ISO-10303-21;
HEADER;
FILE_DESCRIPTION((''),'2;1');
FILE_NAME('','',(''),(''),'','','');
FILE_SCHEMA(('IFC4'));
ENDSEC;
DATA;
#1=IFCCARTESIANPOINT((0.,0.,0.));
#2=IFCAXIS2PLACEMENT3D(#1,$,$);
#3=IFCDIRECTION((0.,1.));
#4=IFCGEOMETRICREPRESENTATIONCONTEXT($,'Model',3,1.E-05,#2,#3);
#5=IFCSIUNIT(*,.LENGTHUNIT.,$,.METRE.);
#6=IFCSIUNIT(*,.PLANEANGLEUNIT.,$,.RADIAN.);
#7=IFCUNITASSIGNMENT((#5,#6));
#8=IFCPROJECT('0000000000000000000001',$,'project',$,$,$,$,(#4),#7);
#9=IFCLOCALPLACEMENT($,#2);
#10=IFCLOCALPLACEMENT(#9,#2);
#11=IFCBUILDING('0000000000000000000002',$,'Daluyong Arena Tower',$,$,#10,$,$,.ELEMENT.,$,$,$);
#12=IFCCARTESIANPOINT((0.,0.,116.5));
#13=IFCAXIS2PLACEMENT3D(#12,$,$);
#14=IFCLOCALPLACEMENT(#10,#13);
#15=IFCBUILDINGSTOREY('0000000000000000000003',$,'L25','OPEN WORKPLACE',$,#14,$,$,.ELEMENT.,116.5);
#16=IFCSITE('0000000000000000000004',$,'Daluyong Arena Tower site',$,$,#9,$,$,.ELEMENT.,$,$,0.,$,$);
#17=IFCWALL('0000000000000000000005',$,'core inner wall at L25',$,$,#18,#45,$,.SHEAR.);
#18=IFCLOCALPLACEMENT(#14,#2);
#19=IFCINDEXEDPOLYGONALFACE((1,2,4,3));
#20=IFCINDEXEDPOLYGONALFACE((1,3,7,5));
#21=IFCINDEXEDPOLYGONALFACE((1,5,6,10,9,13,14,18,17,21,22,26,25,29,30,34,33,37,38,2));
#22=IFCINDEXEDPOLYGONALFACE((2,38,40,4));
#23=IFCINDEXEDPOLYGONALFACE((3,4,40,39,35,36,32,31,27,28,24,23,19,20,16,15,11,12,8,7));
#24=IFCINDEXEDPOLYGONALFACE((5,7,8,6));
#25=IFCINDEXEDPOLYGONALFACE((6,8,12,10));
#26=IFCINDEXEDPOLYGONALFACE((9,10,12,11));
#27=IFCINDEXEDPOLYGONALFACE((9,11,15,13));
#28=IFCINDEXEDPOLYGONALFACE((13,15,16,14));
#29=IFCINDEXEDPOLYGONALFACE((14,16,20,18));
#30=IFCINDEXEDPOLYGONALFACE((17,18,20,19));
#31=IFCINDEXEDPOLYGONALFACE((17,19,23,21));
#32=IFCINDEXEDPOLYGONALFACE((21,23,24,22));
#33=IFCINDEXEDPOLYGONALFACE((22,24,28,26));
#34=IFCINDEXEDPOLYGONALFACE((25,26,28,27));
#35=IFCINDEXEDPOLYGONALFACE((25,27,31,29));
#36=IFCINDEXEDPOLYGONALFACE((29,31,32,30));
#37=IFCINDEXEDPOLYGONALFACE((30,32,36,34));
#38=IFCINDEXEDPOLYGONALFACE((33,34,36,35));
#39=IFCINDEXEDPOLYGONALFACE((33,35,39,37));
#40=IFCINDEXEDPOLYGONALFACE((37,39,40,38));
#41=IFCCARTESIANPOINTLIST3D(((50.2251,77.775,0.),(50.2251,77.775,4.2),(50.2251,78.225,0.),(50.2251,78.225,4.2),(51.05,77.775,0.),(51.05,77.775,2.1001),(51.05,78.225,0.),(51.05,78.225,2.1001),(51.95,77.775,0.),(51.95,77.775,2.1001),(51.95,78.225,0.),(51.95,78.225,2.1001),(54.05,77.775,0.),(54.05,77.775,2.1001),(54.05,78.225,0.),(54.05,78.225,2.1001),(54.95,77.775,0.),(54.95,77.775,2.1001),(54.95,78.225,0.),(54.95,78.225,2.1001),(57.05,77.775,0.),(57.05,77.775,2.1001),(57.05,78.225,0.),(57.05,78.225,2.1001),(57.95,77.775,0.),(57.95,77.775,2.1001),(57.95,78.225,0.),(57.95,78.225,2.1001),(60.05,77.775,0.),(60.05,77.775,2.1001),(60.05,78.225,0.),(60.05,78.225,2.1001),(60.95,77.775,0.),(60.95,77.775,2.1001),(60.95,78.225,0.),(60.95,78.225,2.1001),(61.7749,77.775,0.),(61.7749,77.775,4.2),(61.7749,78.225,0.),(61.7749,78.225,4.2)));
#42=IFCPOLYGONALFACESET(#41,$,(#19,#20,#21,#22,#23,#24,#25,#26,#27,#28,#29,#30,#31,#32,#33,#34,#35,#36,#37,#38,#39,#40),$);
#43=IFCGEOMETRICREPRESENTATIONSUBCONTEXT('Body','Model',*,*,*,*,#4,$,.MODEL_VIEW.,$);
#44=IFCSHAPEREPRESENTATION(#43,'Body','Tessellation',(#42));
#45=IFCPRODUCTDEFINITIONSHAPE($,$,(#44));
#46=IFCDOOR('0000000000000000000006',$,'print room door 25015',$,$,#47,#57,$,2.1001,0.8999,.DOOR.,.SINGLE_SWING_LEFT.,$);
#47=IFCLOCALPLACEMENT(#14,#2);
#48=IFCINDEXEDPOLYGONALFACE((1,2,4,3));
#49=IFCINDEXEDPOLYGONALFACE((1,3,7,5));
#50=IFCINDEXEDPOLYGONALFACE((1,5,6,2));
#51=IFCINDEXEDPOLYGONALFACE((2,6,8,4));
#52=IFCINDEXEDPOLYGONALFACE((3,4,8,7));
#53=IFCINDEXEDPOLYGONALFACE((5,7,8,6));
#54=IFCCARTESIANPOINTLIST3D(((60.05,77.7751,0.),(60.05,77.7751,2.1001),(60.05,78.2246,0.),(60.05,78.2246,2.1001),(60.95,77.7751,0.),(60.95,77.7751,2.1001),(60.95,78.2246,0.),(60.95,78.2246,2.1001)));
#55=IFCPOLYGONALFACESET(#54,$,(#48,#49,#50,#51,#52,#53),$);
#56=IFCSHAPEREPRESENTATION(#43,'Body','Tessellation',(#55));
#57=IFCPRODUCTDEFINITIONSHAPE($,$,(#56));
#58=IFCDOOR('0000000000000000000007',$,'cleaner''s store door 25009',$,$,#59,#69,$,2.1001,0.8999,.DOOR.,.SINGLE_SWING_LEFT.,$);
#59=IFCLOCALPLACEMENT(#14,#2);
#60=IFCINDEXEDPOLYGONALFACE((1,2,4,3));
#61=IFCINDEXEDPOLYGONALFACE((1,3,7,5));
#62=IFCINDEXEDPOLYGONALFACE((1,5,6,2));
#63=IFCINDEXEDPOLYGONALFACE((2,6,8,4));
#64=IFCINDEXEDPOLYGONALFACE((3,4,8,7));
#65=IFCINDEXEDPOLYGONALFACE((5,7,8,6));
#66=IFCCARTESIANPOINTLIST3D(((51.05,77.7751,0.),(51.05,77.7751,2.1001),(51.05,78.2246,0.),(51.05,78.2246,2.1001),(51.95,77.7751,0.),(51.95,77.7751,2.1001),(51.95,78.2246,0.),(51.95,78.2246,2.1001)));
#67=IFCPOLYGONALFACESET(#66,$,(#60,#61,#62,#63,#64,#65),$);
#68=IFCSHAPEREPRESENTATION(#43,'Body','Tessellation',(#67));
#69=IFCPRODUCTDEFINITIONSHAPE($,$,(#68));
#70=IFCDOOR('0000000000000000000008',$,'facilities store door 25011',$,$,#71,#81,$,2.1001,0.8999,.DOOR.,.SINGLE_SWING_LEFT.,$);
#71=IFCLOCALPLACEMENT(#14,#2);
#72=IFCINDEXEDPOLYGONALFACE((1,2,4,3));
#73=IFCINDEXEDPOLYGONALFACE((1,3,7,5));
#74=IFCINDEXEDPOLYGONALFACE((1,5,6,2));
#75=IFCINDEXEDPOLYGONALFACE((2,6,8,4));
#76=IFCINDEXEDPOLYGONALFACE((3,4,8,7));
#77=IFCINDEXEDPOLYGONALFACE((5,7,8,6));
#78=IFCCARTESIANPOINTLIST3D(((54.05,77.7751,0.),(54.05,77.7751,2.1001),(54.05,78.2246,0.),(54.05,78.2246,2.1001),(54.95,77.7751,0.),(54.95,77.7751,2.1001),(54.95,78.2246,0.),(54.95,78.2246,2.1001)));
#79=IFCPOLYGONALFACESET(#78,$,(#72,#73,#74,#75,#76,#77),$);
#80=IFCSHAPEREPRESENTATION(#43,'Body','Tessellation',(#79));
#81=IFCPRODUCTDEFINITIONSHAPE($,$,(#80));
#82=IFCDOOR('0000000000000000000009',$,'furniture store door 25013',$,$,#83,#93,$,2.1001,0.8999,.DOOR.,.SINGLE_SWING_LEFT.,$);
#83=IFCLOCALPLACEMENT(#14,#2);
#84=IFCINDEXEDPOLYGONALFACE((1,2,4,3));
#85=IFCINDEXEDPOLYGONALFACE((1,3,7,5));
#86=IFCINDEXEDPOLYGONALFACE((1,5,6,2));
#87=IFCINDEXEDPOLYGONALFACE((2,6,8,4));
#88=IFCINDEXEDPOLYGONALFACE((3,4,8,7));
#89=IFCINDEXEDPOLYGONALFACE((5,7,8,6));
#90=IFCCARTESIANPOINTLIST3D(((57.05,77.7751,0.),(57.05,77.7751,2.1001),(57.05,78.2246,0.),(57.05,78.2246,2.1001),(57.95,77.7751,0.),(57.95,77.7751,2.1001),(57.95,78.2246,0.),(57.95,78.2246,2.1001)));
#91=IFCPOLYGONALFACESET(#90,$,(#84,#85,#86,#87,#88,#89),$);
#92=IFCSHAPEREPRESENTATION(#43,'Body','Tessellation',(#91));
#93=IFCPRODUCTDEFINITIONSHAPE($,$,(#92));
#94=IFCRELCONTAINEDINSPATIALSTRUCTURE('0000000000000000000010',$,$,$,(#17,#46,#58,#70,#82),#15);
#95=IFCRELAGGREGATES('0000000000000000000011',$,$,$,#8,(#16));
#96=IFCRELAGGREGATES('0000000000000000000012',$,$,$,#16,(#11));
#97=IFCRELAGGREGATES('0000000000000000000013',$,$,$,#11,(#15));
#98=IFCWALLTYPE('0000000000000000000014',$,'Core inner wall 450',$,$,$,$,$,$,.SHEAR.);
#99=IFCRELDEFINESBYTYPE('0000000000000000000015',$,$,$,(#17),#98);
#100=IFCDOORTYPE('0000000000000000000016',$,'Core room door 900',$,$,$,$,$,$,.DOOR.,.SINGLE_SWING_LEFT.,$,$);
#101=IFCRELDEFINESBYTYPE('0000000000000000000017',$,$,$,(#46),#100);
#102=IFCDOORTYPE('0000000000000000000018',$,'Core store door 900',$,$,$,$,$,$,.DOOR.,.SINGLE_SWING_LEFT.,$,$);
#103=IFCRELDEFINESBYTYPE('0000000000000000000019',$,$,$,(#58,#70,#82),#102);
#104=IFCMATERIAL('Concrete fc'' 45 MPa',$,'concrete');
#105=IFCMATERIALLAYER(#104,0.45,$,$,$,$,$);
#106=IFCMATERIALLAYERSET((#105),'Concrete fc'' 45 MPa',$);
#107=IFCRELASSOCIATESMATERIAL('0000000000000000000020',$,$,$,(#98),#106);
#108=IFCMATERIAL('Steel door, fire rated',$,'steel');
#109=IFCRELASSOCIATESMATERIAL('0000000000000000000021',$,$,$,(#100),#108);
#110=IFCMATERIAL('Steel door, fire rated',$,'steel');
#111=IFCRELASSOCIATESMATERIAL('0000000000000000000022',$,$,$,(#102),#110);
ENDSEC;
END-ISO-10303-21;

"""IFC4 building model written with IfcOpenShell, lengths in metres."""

from ifc_helpers import new_model, si_unit, direction, frame, frame_2d, origin, place, context, subcontext, project, spatial, rectangle, extrude, material, layer, layer_set, type_object, element, fill, save


model = new_model("IFC4")

# Units and contexts
model_context = context("Model", 3, precision=1e-05, world=origin(), true_north=direction((0.0, 1.0)))
body_context = subcontext(model_context, "Body", "Model", "MODEL_VIEW")
ifc_project = project(units=[si_unit("LENGTHUNIT", "METRE"), si_unit("PLANEANGLEUNIT", "RADIAN")], contexts=[model_context])

# Site, building, storey
site_placement = place(None, origin())
site = spatial("IfcSite", under=ifc_project, at=site_placement, Name="Daluyong Arena Tower site", CompositionType="ELEMENT", RefElevation=0.0)
building_placement = place(site_placement, origin())
building = spatial("IfcBuilding", under=site, at=building_placement, Name="Daluyong Arena Tower", CompositionType="ELEMENT")
storey_placement = place(building_placement, frame((0.0, 0.0, 116.5)))
storey = spatial("IfcBuildingStorey", under=building, at=storey_placement, Name="L25", Description="OPEN WORKPLACE", CompositionType="ELEMENT", Elevation=116.5)

# Shared definitions
ifc_material_1 = material(Name="Concrete fc' 45 MPa", Category="concrete")
ifc_layer_1 = layer(ifc_material_1, 0.45)
ifc_layer_set_1 = layer_set([ifc_layer_1], Name="Concrete fc' 45 MPa")
wall_type_1 = type_object("IfcWallType", Name="Core inner wall 450", PredefinedType="SHEAR", material=ifc_layer_set_1)

# Wall, openings, doors
wall_1_placement = place(storey_placement, frame((50.2251, 78.0, 0.0), z_axis=(0.0, 0.0, 1.0), x_axis=(1.0, 0.0, 0.0)))
wall_1 = element("IfcWall", 1, at=wall_1_placement, inside=storey, type_object=wall_type_1, Name="core inner wall at L25", PredefinedType="SHEAR", context=body_context, shape_type="SweptSolid", body=[
    extrude(rectangle(XDim=11.5498, YDim=0.45, at=frame_2d((5.7749, 0.0))), origin(), (0.0, 0.0, 1.0), 4.2),
])
opening_1_placement = place(wall_1_placement, frame((0.825, 0.0, 0.0)))
opening_1 = element("IfcOpeningElement", 2, at=opening_1_placement, cuts=wall_1, PredefinedType="OPENING", context=body_context, shape_type="SweptSolid", body=[
    extrude(rectangle(XDim=0.8999, YDim=2.1001, at=frame_2d((0.45, 1.05))), frame((0.0, 0.2349, 0.0), z_axis=(0.0, -1.0, 0.0), x_axis=(1.0, 0.0, 0.0)), (0.0, 0.0, 1.0), 0.47),
])
opening_2_placement = place(wall_1_placement, frame((3.825, 0.0, 0.0)))
opening_2 = element("IfcOpeningElement", 3, at=opening_2_placement, cuts=wall_1, PredefinedType="OPENING", context=body_context, shape_type="SweptSolid", body=[
    extrude(rectangle(XDim=0.8999, YDim=2.1001, at=frame_2d((0.45, 1.05))), frame((0.0, 0.2349, 0.0), z_axis=(0.0, -1.0, 0.0), x_axis=(1.0, 0.0, 0.0)), (0.0, 0.0, 1.0), 0.47),
])
opening_3_placement = place(wall_1_placement, frame((6.825, 0.0, 0.0)))
opening_3 = element("IfcOpeningElement", 4, at=opening_3_placement, cuts=wall_1, PredefinedType="OPENING", context=body_context, shape_type="SweptSolid", body=[
    extrude(rectangle(XDim=0.8999, YDim=2.1001, at=frame_2d((0.45, 1.05))), frame((0.0, 0.2349, 0.0), z_axis=(0.0, -1.0, 0.0), x_axis=(1.0, 0.0, 0.0)), (0.0, 0.0, 1.0), 0.47),
])
opening_4_placement = place(wall_1_placement, frame((9.825, 0.0, 0.0)))
opening_4 = element("IfcOpeningElement", 5, at=opening_4_placement, cuts=wall_1, PredefinedType="OPENING", context=body_context, shape_type="SweptSolid", body=[
    extrude(rectangle(XDim=0.8999, YDim=2.1001, at=frame_2d((0.45, 1.05))), frame((0.0, 0.2349, 0.0), z_axis=(0.0, -1.0, 0.0), x_axis=(1.0, 0.0, 0.0)), (0.0, 0.0, 1.0), 0.47),
])
ifc_material_2 = material(Name="Steel door, fire rated", Category="steel")
door_type_1 = type_object("IfcDoorType", Name="Core room door 900", OperationType="SINGLE_SWING_LEFT", PredefinedType="DOOR", material=ifc_material_2)
door_1_placement = place(opening_4_placement, origin())
door_1 = element("IfcDoor", 6, at=door_1_placement, inside=storey, type_object=door_type_1, Name="print room door 25015", OperationType="SINGLE_SWING_LEFT", OverallHeight=2.1001, OverallWidth=0.8999, PredefinedType="DOOR", context=body_context, shape_type="SweptSolid", body=[
    extrude(rectangle(XDim=0.8999, YDim=2.1001, at=frame_2d((0.45, 1.05))), frame((0.0, 0.2246, 0.0), z_axis=(0.0, -1.0, 0.0), x_axis=(1.0, 0.0, 0.0)), (0.0, 0.0, 1.0), 0.4495),
])
fill(opening_4, door_1)
ifc_material_3 = material(Name="Steel door, fire rated", Category="steel")
door_type_2 = type_object("IfcDoorType", Name="Core store door 900", OperationType="SINGLE_SWING_LEFT", PredefinedType="DOOR", material=ifc_material_3)
door_2_placement = place(opening_1_placement, origin())
door_2 = element("IfcDoor", 7, at=door_2_placement, inside=storey, type_object=door_type_2, Name="cleaner's store door 25009", OperationType="SINGLE_SWING_LEFT", OverallHeight=2.1001, OverallWidth=0.8999, PredefinedType="DOOR", context=body_context, shape_type="SweptSolid", body=[
    extrude(rectangle(XDim=0.8999, YDim=2.1001, at=frame_2d((0.45, 1.05))), frame((0.0, 0.2246, 0.0), z_axis=(0.0, -1.0, 0.0), x_axis=(1.0, 0.0, 0.0)), (0.0, 0.0, 1.0), 0.4495),
])
fill(opening_1, door_2)
door_3_placement = place(opening_2_placement, origin())
door_3 = element("IfcDoor", 8, at=door_3_placement, inside=storey, type_object=door_type_2, Name="facilities store door 25011", OperationType="SINGLE_SWING_LEFT", OverallHeight=2.1001, OverallWidth=0.8999, PredefinedType="DOOR", context=body_context, shape_type="SweptSolid", body=[
    extrude(rectangle(XDim=0.8999, YDim=2.1001, at=frame_2d((0.45, 1.05))), frame((0.0, 0.2246, 0.0), z_axis=(0.0, -1.0, 0.0), x_axis=(1.0, 0.0, 0.0)), (0.0, 0.0, 1.0), 0.4495),
])
fill(opening_2, door_3)
door_4_placement = place(opening_3_placement, origin())
door_4 = element("IfcDoor", 9, at=door_4_placement, inside=storey, type_object=door_type_2, Name="furniture store door 25013", OperationType="SINGLE_SWING_LEFT", OverallHeight=2.1001, OverallWidth=0.8999, PredefinedType="DOOR", context=body_context, shape_type="SweptSolid", body=[
    extrude(rectangle(XDim=0.8999, YDim=2.1001, at=frame_2d((0.45, 1.05))), frame((0.0, 0.2246, 0.0), z_axis=(0.0, -1.0, 0.0), x_axis=(1.0, 0.0, 0.0)), (0.0, 0.0, 1.0), 0.4495),
])
fill(opening_3, door_4)

save(model, "model.ifc")
